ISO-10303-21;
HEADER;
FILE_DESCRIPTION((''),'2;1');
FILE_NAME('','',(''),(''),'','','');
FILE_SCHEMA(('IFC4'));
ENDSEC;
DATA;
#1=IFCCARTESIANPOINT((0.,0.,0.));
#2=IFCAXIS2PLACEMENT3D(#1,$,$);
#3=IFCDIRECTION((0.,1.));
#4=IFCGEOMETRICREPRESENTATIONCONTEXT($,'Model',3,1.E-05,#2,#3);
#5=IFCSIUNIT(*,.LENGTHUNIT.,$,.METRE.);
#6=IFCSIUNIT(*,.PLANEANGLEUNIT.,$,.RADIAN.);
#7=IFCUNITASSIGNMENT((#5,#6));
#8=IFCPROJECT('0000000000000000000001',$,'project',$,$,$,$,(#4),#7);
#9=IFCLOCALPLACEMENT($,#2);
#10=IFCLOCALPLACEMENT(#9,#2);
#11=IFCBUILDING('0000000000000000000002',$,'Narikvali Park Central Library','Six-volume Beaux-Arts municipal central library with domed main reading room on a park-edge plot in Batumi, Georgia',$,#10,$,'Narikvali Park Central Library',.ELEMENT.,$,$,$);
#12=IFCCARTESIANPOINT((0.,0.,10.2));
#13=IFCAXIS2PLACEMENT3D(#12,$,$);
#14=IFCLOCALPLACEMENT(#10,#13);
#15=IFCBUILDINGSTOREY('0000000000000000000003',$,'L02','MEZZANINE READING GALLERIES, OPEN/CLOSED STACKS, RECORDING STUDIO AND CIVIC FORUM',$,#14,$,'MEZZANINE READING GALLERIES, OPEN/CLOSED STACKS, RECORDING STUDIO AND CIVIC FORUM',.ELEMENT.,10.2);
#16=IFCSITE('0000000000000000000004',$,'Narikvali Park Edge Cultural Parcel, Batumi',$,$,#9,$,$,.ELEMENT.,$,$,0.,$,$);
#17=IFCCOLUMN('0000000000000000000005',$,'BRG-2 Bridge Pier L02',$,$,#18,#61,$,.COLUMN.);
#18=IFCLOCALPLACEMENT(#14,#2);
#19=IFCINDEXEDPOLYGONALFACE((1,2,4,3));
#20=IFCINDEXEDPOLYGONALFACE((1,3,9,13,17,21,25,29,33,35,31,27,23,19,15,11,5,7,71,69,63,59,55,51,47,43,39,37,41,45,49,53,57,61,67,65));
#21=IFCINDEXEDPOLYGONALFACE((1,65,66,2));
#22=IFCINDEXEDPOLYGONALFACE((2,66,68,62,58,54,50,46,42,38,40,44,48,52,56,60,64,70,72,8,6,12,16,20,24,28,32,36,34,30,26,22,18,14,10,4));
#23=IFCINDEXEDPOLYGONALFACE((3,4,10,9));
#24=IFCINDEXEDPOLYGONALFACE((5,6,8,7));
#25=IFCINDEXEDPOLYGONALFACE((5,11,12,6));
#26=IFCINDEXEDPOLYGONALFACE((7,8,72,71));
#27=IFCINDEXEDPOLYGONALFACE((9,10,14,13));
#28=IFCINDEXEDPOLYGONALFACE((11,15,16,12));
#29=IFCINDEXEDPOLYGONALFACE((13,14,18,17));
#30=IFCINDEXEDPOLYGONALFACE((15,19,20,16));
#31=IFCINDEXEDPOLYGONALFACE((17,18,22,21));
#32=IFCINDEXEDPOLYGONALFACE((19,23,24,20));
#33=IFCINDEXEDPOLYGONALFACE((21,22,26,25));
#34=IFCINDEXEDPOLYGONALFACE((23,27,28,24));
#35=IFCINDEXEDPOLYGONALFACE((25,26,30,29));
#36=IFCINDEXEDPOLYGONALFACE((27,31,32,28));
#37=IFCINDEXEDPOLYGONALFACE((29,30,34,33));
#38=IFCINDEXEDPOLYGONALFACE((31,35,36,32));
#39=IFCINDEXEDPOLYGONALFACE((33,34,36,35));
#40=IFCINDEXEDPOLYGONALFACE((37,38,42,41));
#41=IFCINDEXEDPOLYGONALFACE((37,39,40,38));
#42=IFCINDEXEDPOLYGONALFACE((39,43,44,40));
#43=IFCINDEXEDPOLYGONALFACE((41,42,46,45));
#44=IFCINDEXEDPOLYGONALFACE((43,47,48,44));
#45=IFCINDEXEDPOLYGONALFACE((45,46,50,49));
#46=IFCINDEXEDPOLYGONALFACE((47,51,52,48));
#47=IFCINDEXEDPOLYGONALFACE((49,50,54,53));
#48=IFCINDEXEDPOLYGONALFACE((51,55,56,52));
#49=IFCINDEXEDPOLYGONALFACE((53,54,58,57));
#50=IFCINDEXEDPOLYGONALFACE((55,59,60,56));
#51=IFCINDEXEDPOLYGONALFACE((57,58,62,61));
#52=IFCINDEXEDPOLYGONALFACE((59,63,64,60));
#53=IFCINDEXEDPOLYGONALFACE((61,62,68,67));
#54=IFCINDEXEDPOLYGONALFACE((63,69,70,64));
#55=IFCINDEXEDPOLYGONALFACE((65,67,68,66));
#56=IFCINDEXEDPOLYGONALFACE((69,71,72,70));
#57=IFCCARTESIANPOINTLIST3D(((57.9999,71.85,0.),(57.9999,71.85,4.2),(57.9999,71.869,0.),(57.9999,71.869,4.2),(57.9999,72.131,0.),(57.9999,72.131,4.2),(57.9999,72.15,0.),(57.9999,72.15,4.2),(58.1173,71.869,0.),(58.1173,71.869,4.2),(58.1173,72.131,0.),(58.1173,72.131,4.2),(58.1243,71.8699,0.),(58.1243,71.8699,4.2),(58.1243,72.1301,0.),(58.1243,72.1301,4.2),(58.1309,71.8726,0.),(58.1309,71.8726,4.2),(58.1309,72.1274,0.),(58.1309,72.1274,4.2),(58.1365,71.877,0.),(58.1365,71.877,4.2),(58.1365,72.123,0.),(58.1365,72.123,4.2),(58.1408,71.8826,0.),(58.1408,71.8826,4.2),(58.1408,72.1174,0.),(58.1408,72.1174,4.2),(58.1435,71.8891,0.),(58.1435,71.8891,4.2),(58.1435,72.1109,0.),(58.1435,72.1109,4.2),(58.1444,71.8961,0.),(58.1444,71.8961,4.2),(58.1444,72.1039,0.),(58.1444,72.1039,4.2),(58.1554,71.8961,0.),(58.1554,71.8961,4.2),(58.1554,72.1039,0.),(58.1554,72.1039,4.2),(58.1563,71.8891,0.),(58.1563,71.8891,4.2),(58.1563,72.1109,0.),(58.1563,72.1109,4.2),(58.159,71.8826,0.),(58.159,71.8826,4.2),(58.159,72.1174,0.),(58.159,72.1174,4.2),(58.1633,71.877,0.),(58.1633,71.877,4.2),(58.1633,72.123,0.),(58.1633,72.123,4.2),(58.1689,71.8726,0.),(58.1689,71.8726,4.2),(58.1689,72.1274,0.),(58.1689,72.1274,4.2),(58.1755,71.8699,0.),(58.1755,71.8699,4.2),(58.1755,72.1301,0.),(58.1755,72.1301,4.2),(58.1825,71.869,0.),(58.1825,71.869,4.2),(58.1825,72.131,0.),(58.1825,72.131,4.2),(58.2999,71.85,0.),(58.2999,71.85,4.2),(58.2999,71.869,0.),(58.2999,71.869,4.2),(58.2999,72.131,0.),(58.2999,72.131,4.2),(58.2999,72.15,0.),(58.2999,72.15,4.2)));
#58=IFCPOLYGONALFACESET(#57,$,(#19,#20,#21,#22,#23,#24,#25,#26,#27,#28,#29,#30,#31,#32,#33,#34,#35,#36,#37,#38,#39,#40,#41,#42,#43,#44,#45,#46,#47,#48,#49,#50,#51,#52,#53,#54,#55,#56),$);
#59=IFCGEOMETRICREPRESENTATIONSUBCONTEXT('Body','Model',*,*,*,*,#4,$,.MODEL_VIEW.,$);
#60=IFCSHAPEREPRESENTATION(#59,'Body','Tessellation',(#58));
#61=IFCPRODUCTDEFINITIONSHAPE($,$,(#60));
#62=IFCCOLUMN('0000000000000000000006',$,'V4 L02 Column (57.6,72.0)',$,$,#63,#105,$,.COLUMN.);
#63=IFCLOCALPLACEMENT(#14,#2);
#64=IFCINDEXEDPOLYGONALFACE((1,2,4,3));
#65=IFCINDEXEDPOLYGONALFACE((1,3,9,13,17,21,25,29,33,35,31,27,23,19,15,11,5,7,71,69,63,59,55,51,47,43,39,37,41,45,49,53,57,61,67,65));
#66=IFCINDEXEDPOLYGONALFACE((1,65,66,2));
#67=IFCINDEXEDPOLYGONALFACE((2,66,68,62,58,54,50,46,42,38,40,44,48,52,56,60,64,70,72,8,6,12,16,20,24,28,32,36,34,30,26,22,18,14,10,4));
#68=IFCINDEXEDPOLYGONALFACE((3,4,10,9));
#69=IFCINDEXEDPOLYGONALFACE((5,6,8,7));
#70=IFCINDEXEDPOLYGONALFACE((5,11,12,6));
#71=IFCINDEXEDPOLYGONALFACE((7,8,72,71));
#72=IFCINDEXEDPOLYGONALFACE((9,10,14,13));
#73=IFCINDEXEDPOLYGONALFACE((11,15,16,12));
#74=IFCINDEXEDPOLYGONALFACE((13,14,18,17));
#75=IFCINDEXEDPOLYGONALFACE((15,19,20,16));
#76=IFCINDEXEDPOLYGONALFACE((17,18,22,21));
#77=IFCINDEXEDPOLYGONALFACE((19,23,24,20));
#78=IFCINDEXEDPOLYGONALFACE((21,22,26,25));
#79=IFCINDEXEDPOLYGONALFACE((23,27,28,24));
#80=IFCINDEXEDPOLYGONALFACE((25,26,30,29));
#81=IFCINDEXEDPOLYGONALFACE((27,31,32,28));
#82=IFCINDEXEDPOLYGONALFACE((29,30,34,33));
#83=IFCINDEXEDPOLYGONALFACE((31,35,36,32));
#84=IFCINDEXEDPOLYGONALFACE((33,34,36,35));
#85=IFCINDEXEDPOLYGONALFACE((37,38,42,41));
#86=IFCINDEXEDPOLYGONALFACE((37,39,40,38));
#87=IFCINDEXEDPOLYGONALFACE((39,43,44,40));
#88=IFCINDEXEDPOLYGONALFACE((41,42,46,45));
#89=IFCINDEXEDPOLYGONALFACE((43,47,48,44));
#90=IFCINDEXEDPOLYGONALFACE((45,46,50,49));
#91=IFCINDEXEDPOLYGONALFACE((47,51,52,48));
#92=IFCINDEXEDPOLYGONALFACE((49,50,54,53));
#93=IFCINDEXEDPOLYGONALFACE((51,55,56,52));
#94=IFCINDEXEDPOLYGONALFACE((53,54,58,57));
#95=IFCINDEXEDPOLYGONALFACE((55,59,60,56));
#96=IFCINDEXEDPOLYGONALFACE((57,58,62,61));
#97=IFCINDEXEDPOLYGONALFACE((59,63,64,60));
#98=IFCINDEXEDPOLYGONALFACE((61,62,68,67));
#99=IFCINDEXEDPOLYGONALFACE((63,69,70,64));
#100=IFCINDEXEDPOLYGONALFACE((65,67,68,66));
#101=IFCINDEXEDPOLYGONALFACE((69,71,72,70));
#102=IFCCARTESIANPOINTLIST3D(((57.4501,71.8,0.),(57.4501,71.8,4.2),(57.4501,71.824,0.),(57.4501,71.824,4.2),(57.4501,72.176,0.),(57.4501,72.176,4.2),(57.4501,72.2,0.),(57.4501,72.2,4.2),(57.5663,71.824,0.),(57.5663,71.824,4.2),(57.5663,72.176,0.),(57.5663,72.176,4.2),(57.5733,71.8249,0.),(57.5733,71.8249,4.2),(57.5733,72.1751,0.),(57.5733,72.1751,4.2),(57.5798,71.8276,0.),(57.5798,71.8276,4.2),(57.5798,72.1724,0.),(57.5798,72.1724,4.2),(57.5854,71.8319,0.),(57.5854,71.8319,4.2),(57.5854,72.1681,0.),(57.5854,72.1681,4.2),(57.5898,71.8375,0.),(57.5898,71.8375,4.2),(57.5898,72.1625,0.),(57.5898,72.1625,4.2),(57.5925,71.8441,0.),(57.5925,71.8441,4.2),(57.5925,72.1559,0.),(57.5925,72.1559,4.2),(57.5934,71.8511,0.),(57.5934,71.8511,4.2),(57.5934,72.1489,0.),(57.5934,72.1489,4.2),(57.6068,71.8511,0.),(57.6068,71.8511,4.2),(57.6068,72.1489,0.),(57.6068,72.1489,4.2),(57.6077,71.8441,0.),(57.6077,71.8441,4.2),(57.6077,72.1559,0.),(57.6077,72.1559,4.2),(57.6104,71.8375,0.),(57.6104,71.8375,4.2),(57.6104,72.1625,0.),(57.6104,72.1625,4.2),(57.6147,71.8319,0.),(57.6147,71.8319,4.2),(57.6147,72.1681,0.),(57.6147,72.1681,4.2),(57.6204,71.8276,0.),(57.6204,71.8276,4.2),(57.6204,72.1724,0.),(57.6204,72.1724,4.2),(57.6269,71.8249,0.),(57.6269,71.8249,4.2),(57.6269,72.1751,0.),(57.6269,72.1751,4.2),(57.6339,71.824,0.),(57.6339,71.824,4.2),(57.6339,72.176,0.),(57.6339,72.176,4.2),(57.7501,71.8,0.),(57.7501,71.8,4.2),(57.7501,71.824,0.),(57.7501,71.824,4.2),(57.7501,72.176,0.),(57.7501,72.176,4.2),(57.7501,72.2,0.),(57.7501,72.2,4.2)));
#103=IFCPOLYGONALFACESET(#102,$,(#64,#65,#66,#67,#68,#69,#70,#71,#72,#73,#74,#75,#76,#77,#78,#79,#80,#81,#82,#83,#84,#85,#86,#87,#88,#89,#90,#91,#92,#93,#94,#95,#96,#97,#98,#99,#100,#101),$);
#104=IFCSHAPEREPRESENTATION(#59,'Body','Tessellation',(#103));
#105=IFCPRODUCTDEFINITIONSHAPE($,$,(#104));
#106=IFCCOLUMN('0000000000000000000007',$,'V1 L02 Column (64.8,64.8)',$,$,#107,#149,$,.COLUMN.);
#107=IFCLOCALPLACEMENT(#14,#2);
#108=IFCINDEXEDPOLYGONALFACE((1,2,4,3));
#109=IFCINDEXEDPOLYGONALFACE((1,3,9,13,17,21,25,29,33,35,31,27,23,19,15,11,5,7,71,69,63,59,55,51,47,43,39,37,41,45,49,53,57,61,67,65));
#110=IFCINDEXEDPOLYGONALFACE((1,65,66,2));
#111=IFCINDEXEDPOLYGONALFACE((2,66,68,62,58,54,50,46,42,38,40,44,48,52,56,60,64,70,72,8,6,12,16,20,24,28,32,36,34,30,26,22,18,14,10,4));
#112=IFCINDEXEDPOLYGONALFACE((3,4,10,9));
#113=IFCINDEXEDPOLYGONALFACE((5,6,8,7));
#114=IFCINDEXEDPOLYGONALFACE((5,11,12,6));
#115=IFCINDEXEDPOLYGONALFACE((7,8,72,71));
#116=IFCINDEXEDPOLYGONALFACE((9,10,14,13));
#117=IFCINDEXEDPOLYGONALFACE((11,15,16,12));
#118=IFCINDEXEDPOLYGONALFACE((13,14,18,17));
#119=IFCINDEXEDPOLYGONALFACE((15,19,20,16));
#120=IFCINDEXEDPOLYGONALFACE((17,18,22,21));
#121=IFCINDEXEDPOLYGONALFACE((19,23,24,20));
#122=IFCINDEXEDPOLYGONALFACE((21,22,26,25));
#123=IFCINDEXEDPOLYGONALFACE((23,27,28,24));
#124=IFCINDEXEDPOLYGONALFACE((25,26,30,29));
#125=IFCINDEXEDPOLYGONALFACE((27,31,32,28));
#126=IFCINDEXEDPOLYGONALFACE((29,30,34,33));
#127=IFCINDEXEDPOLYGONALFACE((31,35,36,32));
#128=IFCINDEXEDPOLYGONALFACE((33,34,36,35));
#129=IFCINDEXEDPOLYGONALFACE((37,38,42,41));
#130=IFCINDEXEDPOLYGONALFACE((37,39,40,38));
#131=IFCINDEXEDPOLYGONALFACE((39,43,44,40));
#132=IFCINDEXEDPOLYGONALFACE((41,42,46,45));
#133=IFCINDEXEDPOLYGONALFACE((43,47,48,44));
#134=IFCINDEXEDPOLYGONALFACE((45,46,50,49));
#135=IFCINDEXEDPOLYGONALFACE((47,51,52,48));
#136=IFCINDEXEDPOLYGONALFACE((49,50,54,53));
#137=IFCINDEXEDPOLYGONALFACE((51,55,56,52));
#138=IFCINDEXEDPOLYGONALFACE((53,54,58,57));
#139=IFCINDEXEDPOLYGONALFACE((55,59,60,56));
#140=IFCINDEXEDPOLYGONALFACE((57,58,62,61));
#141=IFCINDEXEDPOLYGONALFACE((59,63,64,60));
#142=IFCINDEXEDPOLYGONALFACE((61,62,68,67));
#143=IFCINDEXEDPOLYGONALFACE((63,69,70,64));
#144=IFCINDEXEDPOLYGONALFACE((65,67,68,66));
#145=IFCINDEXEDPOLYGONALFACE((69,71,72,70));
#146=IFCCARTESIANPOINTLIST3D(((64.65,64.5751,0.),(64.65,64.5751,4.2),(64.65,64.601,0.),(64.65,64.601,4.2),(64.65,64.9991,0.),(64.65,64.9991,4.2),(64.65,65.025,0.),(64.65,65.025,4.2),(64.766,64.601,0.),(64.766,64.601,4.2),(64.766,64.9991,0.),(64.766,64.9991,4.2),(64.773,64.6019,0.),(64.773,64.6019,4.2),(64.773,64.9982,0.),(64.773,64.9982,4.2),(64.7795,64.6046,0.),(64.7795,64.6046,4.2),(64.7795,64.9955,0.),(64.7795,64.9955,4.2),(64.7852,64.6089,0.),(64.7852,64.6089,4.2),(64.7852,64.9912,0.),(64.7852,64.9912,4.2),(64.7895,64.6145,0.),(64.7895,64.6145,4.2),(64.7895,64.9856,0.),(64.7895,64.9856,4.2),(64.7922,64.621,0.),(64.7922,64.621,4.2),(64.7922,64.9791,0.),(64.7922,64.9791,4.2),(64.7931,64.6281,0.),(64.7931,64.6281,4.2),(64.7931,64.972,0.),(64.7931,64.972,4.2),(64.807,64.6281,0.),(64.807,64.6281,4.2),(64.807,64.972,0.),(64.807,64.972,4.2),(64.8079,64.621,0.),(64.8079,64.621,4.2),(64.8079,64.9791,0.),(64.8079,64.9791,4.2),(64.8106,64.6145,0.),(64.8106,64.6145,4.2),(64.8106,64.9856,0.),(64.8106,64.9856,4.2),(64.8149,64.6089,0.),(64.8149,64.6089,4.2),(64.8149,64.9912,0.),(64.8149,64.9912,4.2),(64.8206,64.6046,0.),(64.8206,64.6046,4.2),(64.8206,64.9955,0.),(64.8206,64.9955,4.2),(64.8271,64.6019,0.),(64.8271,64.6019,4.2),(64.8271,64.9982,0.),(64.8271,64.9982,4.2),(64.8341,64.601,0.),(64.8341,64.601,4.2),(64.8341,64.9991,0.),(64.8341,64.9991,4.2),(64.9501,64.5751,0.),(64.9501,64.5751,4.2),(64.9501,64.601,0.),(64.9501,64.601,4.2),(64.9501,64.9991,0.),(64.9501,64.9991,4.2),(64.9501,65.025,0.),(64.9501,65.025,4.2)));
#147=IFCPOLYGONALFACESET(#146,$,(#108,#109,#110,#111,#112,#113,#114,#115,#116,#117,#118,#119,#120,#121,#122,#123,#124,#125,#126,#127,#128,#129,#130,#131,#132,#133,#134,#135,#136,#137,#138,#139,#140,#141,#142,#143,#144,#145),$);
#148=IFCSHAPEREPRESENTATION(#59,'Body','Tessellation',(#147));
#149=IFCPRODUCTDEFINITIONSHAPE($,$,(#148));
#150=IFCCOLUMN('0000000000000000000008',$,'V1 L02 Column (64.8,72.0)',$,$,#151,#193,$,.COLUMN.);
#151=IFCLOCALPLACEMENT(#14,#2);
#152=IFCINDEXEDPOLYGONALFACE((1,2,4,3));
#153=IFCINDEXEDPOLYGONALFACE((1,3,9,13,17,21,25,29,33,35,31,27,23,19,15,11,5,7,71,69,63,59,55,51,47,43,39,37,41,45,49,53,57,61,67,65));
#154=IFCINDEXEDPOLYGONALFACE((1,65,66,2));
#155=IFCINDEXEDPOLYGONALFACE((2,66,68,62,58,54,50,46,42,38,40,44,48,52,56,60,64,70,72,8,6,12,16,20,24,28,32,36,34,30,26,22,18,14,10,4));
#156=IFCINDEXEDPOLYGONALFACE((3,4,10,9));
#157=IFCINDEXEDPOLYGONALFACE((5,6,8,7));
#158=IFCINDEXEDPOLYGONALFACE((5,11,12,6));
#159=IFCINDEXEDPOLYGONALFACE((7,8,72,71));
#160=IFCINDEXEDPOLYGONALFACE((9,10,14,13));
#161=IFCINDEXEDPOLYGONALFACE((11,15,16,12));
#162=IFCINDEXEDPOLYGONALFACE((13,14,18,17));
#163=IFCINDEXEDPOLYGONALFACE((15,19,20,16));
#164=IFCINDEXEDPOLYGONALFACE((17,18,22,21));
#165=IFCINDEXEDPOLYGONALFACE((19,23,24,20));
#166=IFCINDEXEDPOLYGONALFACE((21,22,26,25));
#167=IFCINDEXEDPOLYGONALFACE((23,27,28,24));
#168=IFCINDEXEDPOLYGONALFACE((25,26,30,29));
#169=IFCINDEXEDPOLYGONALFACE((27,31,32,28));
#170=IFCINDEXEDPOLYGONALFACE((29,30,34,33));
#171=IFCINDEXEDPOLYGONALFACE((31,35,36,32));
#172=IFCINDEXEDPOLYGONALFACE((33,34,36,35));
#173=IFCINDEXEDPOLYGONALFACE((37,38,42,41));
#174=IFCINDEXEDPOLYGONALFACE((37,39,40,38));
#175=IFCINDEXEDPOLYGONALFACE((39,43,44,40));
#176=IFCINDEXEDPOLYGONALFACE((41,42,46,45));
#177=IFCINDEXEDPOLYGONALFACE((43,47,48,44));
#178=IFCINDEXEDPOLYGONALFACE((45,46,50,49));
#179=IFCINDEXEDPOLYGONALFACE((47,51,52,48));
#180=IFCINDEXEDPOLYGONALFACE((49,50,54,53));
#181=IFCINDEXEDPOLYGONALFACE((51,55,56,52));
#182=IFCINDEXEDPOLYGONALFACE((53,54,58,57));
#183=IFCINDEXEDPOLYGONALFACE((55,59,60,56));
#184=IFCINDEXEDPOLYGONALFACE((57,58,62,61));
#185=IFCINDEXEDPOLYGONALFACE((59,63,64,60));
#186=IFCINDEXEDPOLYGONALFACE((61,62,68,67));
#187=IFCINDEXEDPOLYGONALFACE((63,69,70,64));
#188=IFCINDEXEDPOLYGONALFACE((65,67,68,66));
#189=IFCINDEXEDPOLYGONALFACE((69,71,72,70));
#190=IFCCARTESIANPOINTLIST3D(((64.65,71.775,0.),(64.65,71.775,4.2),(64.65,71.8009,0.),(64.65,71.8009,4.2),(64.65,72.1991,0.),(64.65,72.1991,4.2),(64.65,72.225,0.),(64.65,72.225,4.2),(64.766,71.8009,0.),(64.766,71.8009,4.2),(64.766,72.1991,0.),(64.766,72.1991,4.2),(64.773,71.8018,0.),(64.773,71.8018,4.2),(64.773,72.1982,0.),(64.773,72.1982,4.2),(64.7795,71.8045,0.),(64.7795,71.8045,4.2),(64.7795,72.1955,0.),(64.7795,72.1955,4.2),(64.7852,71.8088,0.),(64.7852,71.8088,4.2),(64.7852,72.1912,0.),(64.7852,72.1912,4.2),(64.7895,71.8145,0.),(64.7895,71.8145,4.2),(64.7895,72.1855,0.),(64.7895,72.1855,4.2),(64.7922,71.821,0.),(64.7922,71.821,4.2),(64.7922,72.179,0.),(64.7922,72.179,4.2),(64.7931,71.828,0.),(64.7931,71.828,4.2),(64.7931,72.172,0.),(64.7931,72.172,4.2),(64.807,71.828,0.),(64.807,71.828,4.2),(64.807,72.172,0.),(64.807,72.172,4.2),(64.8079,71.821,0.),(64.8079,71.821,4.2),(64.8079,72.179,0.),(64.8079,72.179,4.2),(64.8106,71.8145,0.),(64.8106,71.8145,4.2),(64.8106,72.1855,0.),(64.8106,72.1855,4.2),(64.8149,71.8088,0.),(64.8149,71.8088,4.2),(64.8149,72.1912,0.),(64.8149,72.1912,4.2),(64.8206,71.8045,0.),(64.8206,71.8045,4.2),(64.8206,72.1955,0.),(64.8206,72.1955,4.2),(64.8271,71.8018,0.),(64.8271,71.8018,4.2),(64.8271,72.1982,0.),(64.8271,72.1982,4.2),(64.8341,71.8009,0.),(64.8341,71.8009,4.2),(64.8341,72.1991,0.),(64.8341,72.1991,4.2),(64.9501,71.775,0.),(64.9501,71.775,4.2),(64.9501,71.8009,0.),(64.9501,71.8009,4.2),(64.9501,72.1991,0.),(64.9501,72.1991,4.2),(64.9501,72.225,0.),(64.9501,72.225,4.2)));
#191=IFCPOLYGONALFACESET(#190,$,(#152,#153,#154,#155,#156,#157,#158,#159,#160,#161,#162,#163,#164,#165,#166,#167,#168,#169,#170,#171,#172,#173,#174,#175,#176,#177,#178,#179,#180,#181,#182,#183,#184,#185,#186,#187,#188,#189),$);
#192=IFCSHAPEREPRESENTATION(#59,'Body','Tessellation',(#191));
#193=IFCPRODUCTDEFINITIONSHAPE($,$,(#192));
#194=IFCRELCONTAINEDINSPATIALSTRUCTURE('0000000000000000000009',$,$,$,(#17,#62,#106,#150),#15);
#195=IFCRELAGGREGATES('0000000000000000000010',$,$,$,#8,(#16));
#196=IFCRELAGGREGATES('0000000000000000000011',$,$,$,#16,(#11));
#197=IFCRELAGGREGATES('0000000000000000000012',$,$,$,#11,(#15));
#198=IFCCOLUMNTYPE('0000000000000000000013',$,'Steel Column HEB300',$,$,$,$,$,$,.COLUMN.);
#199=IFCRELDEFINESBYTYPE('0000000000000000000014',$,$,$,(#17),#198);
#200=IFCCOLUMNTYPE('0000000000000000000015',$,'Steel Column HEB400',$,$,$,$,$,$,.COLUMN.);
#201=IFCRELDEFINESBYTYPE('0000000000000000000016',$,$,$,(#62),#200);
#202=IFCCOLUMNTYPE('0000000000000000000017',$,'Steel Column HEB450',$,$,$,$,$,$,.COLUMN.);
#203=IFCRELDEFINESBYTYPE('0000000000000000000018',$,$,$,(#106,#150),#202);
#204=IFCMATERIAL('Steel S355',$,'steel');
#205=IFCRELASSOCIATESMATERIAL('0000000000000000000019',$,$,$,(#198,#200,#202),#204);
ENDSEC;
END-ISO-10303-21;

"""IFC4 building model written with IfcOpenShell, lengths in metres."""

from ifc_helpers import new_model, si_unit, direction, frame, origin, origin_2d, place, context, subcontext, project, spatial, i_section, extrude, material, material_profile, profile_set, type_object, element, save


model = new_model("IFC4")

# Units and contexts
model_context = context("Model", 3, precision=1e-05, world=origin(), true_north=direction((0.0, 1.0)))
body_context = subcontext(model_context, "Body", "Model", "MODEL_VIEW")
ifc_project = project(units=[si_unit("LENGTHUNIT", "METRE"), si_unit("PLANEANGLEUNIT", "RADIAN")], contexts=[model_context])

# Site, building, storey
site_placement = place(None, origin())
site = spatial("IfcSite", under=ifc_project, at=site_placement, Name="Narikvali Park Edge Cultural Parcel, Batumi", CompositionType="ELEMENT", RefElevation=0.0)
building_placement = place(site_placement, origin())
building = spatial("IfcBuilding", under=site, at=building_placement, Name="Narikvali Park Central Library", Description="Six-volume Beaux-Arts municipal central library with domed main reading room on a park-edge plot in Batumi, Georgia", LongName="Narikvali Park Central Library", CompositionType="ELEMENT")
storey_placement = place(building_placement, frame((0.0, 0.0, 10.2)))
storey = spatial("IfcBuildingStorey", under=building, at=storey_placement, Name="L02", Description="MEZZANINE READING GALLERIES, OPEN/CLOSED STACKS, RECORDING STUDIO AND CIVIC FORUM", LongName="MEZZANINE READING GALLERIES, OPEN/CLOSED STACKS, RECORDING STUDIO AND CIVIC FORUM", CompositionType="ELEMENT", Elevation=10.2)

# Columns
ifc_material_1 = material(Name="Steel S355", Category="steel")
ifc_material_profile_1 = material_profile(ifc_material_1, i_section(OverallWidth=0.3, OverallDepth=0.3, WebThickness=0.011, FlangeThickness=0.019, FilletRadius=0.0271, at=origin_2d()), Name="HEB 300")
ifc_profile_set_1 = profile_set([ifc_material_profile_1], Name="Steel S355")
column_type_1 = type_object("IfcColumnType", Name="Steel Column HEB300", PredefinedType="COLUMN", material=ifc_profile_set_1)
column_1_placement = place(storey_placement, frame((58.1499, 72.0, 0.0), z_axis=(0.0, 0.0, 1.0), x_axis=(1.0, 0.0, 0.0)))
element("IfcColumn", 1, at=column_1_placement, inside=storey, type_object=column_type_1, Name="BRG-2 Bridge Pier L02", PredefinedType="COLUMN", context=body_context, shape_type="SweptSolid", body=[
    extrude(i_section(OverallWidth=0.3, OverallDepth=0.3, WebThickness=0.011, FlangeThickness=0.019, FilletRadius=0.0271, at=origin_2d()), origin(), (0.0, 0.0, 1.0), 4.2),
])
ifc_material_profile_2 = material_profile(ifc_material_1, i_section(OverallWidth=0.3, OverallDepth=0.3999, WebThickness=0.0134, FlangeThickness=0.0239, FilletRadius=0.0271, at=origin_2d()), Name="HEB 400")
ifc_profile_set_2 = profile_set([ifc_material_profile_2], Name="Steel S355")
column_type_2 = type_object("IfcColumnType", Name="Steel Column HEB400", PredefinedType="COLUMN", material=ifc_profile_set_2)
column_2_placement = place(storey_placement, frame((57.6001, 72.0, 0.0), z_axis=(0.0, 0.0, 1.0), x_axis=(1.0, 0.0, 0.0)))
element("IfcColumn", 2, at=column_2_placement, inside=storey, type_object=column_type_2, Name="V4 L02 Column (57.6,72.0)", PredefinedType="COLUMN", context=body_context, shape_type="SweptSolid", body=[
    extrude(i_section(OverallWidth=0.3, OverallDepth=0.3999, WebThickness=0.0134, FlangeThickness=0.0239, FilletRadius=0.0271, at=origin_2d()), origin(), (0.0, 0.0, 1.0), 4.2),
])
ifc_material_profile_3 = material_profile(ifc_material_1, i_section(OverallWidth=0.3, OverallDepth=0.45, WebThickness=0.0139, FlangeThickness=0.0259, FilletRadius=0.0271, at=origin_2d()), Name="HEB 450")
ifc_profile_set_3 = profile_set([ifc_material_profile_3], Name="Steel S355")
column_type_3 = type_object("IfcColumnType", Name="Steel Column HEB450", PredefinedType="COLUMN", material=ifc_profile_set_3)
for number, where, z_axis, x_axis, name in (
    (3, (64.8, 64.8, 0.0), (0.0, 0.0, 1.0), (1.0, 0.0, 0.0), "V1 L02 Column (64.8,64.8)"),
    (4, (64.8, 72.0, 0.0), (0.0, 0.0, 1.0), (1.0, 0.0, 0.0), "V1 L02 Column (64.8,72.0)"),
):
    element("IfcColumn", number, at=place(storey_placement, frame(where, z_axis=z_axis, x_axis=x_axis)), inside=storey, type_object=column_type_3, Name=name, PredefinedType="COLUMN", context=body_context, shape_type="SweptSolid", body=[
        extrude(i_section(OverallWidth=0.3, OverallDepth=0.45, WebThickness=0.0139, FlangeThickness=0.0259, FilletRadius=0.0271, at=origin_2d()), origin(), (0.0, 0.0, 1.0), 4.2),
    ])

save(model, "model.ifc")
